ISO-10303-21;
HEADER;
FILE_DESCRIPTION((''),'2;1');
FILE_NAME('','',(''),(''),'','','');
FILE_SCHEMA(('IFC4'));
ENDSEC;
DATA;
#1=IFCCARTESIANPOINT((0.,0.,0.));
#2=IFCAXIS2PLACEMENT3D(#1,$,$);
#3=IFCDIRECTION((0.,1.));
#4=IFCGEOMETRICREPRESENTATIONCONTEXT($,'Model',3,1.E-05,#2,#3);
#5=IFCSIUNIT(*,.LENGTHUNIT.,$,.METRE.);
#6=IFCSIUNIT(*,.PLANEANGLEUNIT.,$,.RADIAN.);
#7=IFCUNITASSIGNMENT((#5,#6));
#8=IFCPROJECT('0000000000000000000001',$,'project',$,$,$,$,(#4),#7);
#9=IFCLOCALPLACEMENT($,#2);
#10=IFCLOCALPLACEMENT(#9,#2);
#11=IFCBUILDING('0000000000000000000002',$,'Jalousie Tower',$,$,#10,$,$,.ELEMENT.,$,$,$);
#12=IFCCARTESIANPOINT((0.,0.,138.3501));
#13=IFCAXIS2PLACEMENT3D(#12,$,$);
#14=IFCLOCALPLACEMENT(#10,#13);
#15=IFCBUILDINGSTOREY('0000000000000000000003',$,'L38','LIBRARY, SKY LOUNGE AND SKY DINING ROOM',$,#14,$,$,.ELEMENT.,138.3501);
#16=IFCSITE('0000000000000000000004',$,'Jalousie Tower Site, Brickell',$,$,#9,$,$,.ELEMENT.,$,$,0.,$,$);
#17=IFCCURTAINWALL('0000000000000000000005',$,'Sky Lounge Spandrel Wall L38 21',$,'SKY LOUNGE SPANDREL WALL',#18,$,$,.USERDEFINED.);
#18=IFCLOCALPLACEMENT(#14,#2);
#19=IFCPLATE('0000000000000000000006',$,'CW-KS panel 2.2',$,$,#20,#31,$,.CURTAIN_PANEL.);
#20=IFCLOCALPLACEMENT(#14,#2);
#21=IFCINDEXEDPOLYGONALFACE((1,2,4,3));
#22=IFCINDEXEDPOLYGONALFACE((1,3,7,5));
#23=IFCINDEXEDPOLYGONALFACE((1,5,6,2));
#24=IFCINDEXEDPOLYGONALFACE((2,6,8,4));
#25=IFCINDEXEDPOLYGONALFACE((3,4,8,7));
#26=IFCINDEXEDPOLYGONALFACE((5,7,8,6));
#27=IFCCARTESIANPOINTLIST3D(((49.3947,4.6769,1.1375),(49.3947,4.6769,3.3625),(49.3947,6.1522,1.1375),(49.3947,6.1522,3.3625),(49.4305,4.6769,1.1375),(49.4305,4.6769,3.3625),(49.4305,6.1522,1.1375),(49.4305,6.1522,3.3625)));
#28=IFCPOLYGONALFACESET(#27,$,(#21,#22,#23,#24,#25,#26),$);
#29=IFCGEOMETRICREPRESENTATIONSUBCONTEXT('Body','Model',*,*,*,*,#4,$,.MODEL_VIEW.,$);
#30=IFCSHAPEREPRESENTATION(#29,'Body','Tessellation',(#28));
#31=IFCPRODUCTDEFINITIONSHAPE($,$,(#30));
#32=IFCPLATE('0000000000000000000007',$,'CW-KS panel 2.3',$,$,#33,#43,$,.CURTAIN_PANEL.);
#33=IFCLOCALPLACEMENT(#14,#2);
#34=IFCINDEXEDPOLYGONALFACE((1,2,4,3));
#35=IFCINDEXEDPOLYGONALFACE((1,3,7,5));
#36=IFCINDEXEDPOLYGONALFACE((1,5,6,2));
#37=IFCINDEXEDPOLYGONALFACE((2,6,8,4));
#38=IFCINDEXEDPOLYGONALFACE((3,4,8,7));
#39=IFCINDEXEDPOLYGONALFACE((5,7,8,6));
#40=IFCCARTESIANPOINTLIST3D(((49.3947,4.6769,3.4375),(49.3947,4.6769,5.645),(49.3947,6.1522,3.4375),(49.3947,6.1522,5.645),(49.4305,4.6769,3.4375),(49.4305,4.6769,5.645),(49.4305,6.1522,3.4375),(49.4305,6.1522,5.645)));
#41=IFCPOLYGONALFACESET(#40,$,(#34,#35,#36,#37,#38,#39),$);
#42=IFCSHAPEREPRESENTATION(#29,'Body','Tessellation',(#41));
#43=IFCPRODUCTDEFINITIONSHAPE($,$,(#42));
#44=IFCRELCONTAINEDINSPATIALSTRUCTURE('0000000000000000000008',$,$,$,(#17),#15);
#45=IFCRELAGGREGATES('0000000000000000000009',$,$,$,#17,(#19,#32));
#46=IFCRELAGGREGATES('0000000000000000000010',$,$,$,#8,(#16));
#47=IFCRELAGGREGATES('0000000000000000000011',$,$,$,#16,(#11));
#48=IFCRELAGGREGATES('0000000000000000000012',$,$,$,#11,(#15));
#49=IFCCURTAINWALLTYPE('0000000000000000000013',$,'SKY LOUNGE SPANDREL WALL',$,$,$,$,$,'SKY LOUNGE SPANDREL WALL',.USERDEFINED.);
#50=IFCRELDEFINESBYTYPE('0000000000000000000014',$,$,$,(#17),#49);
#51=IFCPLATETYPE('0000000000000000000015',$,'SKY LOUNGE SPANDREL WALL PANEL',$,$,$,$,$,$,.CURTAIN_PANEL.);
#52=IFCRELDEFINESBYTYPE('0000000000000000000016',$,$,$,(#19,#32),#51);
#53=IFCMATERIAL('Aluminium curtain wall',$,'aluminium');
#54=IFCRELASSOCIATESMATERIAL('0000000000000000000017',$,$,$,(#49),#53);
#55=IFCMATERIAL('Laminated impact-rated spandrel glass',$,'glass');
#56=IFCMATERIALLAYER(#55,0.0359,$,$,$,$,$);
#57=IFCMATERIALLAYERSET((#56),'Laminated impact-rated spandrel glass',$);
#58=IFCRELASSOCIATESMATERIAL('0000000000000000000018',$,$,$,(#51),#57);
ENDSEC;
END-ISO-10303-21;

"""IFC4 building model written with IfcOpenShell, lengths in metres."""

from ifc_helpers import new_model, si_unit, direction, frame, origin, origin_2d, place, context, subcontext, project, spatial, rectangle, extrude, material, layer, layer_set, type_object, element, aggregate, save


model = new_model("IFC4")

# Units and contexts
model_context = context("Model", 3, precision=1e-05, world=origin(), true_north=direction((0.0, 1.0)))
body_context = subcontext(model_context, "Body", "Model", "MODEL_VIEW")
ifc_project = project(units=[si_unit("LENGTHUNIT", "METRE"), si_unit("PLANEANGLEUNIT", "RADIAN")], contexts=[model_context])

# Site, building, storey
site_placement = place(None, origin())
site = spatial("IfcSite", under=ifc_project, at=site_placement, Name="Jalousie Tower Site, Brickell", CompositionType="ELEMENT", RefElevation=0.0)
building_placement = place(site_placement, origin())
building = spatial("IfcBuilding", under=site, at=building_placement, Name="Jalousie Tower", CompositionType="ELEMENT")
storey_placement = place(building_placement, frame((0.0, 0.0, 138.3501)))
storey = spatial("IfcBuildingStorey", under=building, at=storey_placement, Name="L38", Description="LIBRARY, SKY LOUNGE AND SKY DINING ROOM", CompositionType="ELEMENT", Elevation=138.3501)

# Curtain wall
ifc_material_1 = material(Name="Aluminium curtain wall", Category="aluminium")
curtain_wall_type_1 = type_object("IfcCurtainWallType", Name="SKY LOUNGE SPANDREL WALL", ElementType="SKY LOUNGE SPANDREL WALL", PredefinedType="USERDEFINED", material=ifc_material_1)
curtain_wall_1_placement = place(storey_placement, origin())
curtain_wall_1 = element("IfcCurtainWall", 1, at=curtain_wall_1_placement, inside=storey, type_object=curtain_wall_type_1, Name="Sky Lounge Spandrel Wall L38 21", ObjectType="SKY LOUNGE SPANDREL WALL", PredefinedType="USERDEFINED")

# Plates
ifc_material_2 = material(Name="Laminated impact-rated spandrel glass", Category="glass")
ifc_layer = layer(ifc_material_2, 0.0359)
ifc_layer_set = layer_set([ifc_layer], Name="Laminated impact-rated spandrel glass")
plate_type = type_object("IfcPlateType", Name="SKY LOUNGE SPANDREL WALL PANEL", PredefinedType="CURTAIN_PANEL", material=ifc_layer_set)
plate_1_placement = place(storey_placement, frame((49.4126, 5.4146, 1.1375), z_axis=(0.0, 0.0, 1.0), x_axis=(0.0, 1.0, 0.0)))
plate_1 = element("IfcPlate", 2, at=plate_1_placement, type_object=plate_type, Name="CW-KS panel 2.2", PredefinedType="CURTAIN_PANEL", context=body_context, shape_type="SweptSolid", body=[
    extrude(rectangle(XDim=1.4753, YDim=0.0359, at=origin_2d()), origin(), (0.0, 0.0, 1.0), 2.2251),
])
plate_2_placement = place(storey_placement, frame((49.4126, 5.4146, 3.4375), z_axis=(0.0, 0.0, 1.0), x_axis=(0.0, 1.0, 0.0)))
plate_2 = element("IfcPlate", 3, at=plate_2_placement, type_object=plate_type, Name="CW-KS panel 2.3", PredefinedType="CURTAIN_PANEL", context=body_context, shape_type="SweptSolid", body=[
    extrude(rectangle(XDim=1.4753, YDim=0.0359, at=origin_2d()), origin(), (0.0, 0.0, 1.0), 2.2075),
])
aggregate(curtain_wall_1, [plate_1, plate_2])

save(model, "model.ifc")
